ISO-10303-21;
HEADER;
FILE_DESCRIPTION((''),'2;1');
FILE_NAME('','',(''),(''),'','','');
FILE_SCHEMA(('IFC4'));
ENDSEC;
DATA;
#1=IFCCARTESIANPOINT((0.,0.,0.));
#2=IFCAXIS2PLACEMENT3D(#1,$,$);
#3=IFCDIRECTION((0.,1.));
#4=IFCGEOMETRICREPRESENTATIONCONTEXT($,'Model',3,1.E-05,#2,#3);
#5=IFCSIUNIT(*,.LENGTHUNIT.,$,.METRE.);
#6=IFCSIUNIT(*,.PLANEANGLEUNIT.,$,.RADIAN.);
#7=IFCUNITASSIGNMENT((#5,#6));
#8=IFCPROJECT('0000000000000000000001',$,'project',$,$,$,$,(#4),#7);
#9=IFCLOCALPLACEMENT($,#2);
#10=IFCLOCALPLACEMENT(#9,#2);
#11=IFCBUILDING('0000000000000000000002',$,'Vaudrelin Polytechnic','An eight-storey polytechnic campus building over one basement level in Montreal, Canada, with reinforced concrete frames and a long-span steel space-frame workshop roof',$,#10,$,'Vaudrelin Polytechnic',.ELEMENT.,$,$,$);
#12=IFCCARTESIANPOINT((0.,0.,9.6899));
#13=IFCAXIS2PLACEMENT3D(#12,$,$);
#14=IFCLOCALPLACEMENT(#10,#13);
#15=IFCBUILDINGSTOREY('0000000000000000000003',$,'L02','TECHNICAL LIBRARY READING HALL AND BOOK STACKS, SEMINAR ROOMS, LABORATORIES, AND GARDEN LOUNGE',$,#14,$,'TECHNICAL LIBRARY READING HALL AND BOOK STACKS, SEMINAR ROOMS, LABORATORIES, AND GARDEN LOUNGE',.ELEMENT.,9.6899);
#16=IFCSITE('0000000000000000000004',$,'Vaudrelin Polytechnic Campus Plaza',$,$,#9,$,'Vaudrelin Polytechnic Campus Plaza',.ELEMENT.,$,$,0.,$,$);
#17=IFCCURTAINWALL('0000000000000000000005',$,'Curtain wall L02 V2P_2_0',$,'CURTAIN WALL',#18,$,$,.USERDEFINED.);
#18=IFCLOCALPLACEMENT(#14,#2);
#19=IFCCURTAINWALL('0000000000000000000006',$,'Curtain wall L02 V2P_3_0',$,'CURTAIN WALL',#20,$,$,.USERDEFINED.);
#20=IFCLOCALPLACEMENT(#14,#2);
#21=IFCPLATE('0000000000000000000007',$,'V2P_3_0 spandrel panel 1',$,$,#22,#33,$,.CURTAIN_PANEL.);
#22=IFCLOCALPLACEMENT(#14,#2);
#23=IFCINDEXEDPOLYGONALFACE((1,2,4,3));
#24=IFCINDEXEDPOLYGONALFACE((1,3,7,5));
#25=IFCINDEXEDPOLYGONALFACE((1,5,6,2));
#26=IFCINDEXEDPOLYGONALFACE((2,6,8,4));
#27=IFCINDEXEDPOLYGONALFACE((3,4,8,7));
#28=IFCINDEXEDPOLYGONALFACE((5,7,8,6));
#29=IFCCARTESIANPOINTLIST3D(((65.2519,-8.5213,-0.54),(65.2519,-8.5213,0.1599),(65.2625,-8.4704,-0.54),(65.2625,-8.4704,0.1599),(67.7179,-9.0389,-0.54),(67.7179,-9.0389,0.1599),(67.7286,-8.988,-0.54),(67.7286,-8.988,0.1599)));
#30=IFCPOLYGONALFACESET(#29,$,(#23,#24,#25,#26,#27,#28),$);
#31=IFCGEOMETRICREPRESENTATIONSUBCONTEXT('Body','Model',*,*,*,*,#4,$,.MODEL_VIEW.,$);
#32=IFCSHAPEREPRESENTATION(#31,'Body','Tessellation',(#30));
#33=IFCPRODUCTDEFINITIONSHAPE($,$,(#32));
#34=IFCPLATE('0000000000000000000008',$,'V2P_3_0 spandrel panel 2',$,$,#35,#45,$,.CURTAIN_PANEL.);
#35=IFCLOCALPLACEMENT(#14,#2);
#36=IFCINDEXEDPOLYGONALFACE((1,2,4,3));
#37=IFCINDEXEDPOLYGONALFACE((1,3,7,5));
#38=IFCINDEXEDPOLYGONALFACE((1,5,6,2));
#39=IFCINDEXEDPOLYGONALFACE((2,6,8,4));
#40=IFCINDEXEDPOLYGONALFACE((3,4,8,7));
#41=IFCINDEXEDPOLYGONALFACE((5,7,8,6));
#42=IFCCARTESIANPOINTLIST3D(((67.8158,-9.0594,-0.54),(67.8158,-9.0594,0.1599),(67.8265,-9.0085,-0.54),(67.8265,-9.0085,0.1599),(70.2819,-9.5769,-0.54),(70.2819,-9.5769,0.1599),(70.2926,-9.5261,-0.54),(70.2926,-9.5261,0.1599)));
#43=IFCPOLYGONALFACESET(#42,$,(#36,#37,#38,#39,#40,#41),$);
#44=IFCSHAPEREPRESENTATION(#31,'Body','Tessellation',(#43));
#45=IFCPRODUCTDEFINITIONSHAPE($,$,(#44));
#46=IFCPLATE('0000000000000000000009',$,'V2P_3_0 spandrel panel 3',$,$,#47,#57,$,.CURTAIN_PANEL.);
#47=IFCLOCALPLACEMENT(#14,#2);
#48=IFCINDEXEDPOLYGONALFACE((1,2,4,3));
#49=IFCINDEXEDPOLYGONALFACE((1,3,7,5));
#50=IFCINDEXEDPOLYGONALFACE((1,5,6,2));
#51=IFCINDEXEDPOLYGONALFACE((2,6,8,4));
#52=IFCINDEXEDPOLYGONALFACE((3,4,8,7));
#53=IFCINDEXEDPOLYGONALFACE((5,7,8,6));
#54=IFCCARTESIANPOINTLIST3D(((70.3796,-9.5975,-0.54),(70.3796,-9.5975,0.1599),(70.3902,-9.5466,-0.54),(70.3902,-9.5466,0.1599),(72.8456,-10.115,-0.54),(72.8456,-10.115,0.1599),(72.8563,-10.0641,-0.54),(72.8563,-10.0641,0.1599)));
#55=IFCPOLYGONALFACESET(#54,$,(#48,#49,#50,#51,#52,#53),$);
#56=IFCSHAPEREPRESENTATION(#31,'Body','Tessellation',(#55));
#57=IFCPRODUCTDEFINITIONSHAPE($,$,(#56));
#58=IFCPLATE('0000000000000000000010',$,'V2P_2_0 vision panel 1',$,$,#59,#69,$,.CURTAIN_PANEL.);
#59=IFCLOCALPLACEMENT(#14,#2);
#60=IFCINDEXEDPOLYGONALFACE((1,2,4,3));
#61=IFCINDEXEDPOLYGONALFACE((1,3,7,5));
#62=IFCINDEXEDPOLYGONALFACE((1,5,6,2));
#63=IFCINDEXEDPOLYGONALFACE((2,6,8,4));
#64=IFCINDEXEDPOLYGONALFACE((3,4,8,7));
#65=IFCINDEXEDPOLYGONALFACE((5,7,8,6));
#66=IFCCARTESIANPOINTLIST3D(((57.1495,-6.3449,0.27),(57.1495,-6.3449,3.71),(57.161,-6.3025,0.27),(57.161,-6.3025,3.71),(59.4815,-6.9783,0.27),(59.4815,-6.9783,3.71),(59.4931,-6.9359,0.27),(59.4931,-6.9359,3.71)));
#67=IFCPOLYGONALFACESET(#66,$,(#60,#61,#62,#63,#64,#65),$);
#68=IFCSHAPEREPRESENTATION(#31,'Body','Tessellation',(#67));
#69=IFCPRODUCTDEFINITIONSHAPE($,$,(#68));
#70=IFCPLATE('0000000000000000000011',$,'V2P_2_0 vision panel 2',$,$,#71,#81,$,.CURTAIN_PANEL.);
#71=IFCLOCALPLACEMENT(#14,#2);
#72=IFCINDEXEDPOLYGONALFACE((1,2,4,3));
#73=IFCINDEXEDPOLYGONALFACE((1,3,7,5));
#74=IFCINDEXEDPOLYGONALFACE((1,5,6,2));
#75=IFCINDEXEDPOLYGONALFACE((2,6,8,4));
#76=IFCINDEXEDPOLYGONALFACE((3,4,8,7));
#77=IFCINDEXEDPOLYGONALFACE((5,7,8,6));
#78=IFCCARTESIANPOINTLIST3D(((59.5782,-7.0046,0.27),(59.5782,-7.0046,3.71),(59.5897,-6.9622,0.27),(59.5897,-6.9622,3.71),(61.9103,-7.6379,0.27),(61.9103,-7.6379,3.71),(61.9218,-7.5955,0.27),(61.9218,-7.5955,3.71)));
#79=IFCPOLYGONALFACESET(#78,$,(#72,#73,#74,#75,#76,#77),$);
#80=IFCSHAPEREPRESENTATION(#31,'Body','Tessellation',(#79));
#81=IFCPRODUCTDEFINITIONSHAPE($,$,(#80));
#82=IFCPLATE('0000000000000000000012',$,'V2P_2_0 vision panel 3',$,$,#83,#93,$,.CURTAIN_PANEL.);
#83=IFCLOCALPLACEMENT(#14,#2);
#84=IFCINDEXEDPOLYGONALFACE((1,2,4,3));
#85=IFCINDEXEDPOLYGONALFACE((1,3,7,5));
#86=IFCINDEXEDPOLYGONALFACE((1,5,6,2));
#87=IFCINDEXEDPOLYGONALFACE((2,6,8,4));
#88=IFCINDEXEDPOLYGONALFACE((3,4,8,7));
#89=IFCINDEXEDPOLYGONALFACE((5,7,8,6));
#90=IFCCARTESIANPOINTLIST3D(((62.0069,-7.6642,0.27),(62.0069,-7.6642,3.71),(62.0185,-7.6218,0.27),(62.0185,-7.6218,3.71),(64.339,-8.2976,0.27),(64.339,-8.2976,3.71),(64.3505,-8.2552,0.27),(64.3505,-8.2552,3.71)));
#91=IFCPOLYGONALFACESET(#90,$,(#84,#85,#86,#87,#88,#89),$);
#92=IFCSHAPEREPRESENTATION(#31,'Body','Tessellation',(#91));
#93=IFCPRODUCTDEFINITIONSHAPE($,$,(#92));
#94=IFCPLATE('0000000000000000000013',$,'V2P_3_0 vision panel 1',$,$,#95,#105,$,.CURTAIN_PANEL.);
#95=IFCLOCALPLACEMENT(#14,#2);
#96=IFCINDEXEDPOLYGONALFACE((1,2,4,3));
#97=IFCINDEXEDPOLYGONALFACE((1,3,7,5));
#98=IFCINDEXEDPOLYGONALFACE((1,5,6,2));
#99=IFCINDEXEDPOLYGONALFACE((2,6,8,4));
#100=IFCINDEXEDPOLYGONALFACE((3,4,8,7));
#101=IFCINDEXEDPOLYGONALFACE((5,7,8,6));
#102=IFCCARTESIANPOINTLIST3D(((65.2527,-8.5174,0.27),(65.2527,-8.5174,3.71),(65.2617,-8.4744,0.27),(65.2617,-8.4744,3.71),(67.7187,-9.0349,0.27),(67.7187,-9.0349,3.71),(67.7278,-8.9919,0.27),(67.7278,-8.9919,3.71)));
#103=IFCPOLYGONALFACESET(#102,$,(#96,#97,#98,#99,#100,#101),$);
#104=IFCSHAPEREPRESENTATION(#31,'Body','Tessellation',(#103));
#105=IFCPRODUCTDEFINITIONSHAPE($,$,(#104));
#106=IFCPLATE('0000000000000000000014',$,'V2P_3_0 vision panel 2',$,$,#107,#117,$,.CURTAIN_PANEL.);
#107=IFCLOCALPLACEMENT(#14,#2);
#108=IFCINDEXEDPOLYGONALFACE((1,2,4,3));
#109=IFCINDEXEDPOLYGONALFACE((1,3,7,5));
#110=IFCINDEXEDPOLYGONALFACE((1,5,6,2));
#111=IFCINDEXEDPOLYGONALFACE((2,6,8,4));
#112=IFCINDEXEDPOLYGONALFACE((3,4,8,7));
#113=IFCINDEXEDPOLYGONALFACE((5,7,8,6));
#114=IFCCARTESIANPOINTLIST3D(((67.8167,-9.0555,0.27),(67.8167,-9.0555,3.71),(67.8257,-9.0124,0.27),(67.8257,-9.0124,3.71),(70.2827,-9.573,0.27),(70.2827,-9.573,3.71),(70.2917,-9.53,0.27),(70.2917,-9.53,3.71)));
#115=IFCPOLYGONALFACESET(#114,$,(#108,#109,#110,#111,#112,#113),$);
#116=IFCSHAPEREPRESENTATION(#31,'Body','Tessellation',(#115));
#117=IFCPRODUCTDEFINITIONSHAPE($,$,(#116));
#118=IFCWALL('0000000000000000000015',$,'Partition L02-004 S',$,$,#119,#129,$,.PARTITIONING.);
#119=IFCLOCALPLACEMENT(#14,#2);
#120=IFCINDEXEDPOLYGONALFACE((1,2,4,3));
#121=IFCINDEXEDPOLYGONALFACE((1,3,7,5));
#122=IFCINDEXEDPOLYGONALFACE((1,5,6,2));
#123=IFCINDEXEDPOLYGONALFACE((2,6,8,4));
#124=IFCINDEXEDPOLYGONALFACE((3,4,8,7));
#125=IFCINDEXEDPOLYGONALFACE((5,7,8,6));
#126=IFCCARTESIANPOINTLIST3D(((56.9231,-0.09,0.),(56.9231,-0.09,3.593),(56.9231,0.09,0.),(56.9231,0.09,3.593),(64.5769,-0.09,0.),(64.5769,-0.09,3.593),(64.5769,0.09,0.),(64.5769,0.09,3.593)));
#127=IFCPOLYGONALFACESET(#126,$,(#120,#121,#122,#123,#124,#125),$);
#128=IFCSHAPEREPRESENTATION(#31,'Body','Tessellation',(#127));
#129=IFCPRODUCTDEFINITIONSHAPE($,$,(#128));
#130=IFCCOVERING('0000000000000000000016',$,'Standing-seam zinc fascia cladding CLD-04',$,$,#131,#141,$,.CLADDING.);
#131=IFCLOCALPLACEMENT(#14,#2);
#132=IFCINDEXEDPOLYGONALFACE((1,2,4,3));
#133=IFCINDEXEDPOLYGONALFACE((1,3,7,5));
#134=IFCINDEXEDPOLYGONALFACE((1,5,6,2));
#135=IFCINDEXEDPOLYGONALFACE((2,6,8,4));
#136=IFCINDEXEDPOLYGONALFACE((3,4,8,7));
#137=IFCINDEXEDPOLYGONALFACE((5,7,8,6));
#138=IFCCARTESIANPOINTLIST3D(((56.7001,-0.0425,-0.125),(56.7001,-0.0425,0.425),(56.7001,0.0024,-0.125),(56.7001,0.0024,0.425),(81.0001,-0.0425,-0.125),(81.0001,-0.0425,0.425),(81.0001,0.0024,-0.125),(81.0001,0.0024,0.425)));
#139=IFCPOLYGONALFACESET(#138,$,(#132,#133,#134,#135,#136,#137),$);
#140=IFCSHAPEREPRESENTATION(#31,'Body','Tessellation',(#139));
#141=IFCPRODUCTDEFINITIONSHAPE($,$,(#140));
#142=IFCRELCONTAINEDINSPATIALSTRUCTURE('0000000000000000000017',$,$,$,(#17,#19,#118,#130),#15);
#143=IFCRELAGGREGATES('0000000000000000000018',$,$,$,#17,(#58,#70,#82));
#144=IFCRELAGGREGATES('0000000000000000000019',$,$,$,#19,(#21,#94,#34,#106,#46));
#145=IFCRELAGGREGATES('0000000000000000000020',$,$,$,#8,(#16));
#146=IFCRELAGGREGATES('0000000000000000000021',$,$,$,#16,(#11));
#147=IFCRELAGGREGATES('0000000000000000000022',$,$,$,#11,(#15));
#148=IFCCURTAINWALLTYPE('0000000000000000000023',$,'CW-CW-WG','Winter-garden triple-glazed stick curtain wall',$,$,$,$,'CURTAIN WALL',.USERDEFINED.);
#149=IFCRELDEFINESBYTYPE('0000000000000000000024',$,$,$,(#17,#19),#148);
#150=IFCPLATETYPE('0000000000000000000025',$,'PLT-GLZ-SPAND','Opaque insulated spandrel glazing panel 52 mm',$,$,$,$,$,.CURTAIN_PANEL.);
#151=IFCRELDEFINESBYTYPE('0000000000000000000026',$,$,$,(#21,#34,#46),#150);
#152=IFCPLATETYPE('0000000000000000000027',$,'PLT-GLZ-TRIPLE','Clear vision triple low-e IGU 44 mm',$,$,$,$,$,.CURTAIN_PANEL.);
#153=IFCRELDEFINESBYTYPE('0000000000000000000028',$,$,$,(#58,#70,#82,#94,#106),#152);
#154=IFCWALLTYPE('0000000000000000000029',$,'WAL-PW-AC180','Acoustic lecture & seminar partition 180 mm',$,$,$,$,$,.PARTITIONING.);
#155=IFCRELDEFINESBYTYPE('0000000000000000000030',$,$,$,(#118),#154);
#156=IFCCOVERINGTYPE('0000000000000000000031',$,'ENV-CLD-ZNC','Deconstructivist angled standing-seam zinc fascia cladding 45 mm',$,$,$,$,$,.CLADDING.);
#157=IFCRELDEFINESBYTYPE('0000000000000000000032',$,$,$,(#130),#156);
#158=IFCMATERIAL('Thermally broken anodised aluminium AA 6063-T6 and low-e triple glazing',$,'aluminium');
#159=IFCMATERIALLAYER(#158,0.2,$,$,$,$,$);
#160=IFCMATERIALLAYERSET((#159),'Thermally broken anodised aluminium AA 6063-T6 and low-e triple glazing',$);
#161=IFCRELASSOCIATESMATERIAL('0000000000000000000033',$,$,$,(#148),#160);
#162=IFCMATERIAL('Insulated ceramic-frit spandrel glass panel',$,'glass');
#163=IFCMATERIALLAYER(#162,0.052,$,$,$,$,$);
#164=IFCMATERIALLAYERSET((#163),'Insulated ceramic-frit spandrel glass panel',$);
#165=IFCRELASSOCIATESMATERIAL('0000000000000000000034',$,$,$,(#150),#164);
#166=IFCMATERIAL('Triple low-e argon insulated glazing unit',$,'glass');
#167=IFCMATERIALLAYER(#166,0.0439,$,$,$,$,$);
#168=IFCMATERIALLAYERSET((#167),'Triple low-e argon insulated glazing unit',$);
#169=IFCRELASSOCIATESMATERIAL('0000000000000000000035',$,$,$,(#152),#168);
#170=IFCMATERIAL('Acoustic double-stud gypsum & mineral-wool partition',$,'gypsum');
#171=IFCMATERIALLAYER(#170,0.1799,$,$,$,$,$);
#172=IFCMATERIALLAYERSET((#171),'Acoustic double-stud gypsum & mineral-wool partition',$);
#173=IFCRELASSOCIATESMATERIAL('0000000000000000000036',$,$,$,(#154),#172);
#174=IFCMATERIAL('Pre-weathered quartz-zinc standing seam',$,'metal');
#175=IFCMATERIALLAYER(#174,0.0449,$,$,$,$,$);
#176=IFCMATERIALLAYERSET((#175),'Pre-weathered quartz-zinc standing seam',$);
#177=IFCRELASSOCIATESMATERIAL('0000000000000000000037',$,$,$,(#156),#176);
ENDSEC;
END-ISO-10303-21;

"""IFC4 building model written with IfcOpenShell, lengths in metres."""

from ifc_helpers import new_model, si_unit, direction, frame, frame_2d, origin, origin_2d, place, context, subcontext, project, spatial, rectangle, extrude, material, layer, layer_set, type_object, element, aggregate, save


model = new_model("IFC4")

# Units and contexts
model_context = context("Model", 3, precision=1e-05, world=origin(), true_north=direction((0.0, 1.0)))
body_context = subcontext(model_context, "Body", "Model", "MODEL_VIEW")
ifc_project = project(units=[si_unit("LENGTHUNIT", "METRE"), si_unit("PLANEANGLEUNIT", "RADIAN")], contexts=[model_context])

# Site, building, storey
site_placement = place(None, origin())
site = spatial("IfcSite", under=ifc_project, at=site_placement, Name="Vaudrelin Polytechnic Campus Plaza", LongName="Vaudrelin Polytechnic Campus Plaza", CompositionType="ELEMENT", RefElevation=0.0)
building_placement = place(site_placement, origin())
building = spatial("IfcBuilding", under=site, at=building_placement, Name="Vaudrelin Polytechnic", Description="An eight-storey polytechnic campus building over one basement level in Montreal, Canada, with reinforced concrete frames and a long-span steel space-frame workshop roof", LongName="Vaudrelin Polytechnic", CompositionType="ELEMENT")
storey_placement = place(building_placement, frame((0.0, 0.0, 9.6899)))
storey = spatial("IfcBuildingStorey", under=building, at=storey_placement, Name="L02", Description="TECHNICAL LIBRARY READING HALL AND BOOK STACKS, SEMINAR ROOMS, LABORATORIES, AND GARDEN LOUNGE", LongName="TECHNICAL LIBRARY READING HALL AND BOOK STACKS, SEMINAR ROOMS, LABORATORIES, AND GARDEN LOUNGE", CompositionType="ELEMENT", Elevation=9.6899)

# Curtain walls
ifc_material_1 = material(Name="Thermally broken anodised aluminium AA 6063-T6 and low-e triple glazing", Category="aluminium")
ifc_layer_1 = layer(ifc_material_1, 0.2)
ifc_layer_set_1 = layer_set([ifc_layer_1], Name="Thermally broken anodised aluminium AA 6063-T6 and low-e triple glazing")
curtain_wall_type = type_object("IfcCurtainWallType", Name="CW-CW-WG", Description="Winter-garden triple-glazed stick curtain wall", ElementType="CURTAIN WALL", PredefinedType="USERDEFINED", material=ifc_layer_set_1)
curtain_wall_1_placement = place(storey_placement, origin())
curtain_wall_1 = element("IfcCurtainWall", 1, at=curtain_wall_1_placement, inside=storey, type_object=curtain_wall_type, Name="Curtain wall L02 V2P_2_0", ObjectType="CURTAIN WALL", PredefinedType="USERDEFINED")
curtain_wall_2_placement = place(storey_placement, origin())
curtain_wall_2 = element("IfcCurtainWall", 2, at=curtain_wall_2_placement, inside=storey, type_object=curtain_wall_type, Name="Curtain wall L02 V2P_3_0", ObjectType="CURTAIN WALL", PredefinedType="USERDEFINED")

# Plates
ifc_material_2 = material(Name="Insulated ceramic-frit spandrel glass panel", Category="glass")
ifc_layer_2 = layer(ifc_material_2, 0.052)
ifc_layer_set_2 = layer_set([ifc_layer_2], Name="Insulated ceramic-frit spandrel glass panel")
plate_type_1 = type_object("IfcPlateType", Name="PLT-GLZ-SPAND", Description="Opaque insulated spandrel glazing panel 52 mm", PredefinedType="CURTAIN_PANEL", material=ifc_layer_set_2)
plate_1_placement = place(storey_placement, frame((66.4902, -8.7546, -0.54), z_axis=(0.0, 0.0, 1.0), x_axis=(0.978679, -0.205398, 0.0)))
plate_1 = element("IfcPlate", 3, at=plate_1_placement, type_object=plate_type_1, Name="V2P_3_0 spandrel panel 1", PredefinedType="CURTAIN_PANEL", context=body_context, shape_type="SweptSolid", body=[
    extrude(rectangle(XDim=2.5198, YDim=0.052, at=origin_2d()), origin(), (0.0, 0.0, 1.0), 0.7),
])
plate_2_placement = place(storey_placement, frame((69.0542, -9.2927, -0.54), z_axis=(0.0, 0.0, 1.0), x_axis=(0.978679, -0.205398, 0.0)))
plate_2 = element("IfcPlate", 4, at=plate_2_placement, type_object=plate_type_1, Name="V2P_3_0 spandrel panel 2", PredefinedType="CURTAIN_PANEL", context=body_context, shape_type="SweptSolid", body=[
    extrude(rectangle(XDim=2.5198, YDim=0.052, at=origin_2d()), origin(), (0.0, 0.0, 1.0), 0.7),
])
plate_3_placement = place(storey_placement, frame((71.6179, -9.8308, -0.54), z_axis=(0.0, 0.0, 1.0), x_axis=(0.978679, -0.205398, 0.0)))
plate_3 = element("IfcPlate", 5, at=plate_3_placement, type_object=plate_type_1, Name="V2P_3_0 spandrel panel 3", PredefinedType="CURTAIN_PANEL", context=body_context, shape_type="SweptSolid", body=[
    extrude(rectangle(XDim=2.5198, YDim=0.052, at=origin_2d()), origin(), (0.0, 0.0, 1.0), 0.7),
])
ifc_material_3 = material(Name="Triple low-e argon insulated glazing unit", Category="glass")
ifc_layer_3 = layer(ifc_material_3, 0.0439)
ifc_layer_set_3 = layer_set([ifc_layer_3], Name="Triple low-e argon insulated glazing unit")
plate_type_2 = type_object("IfcPlateType", Name="PLT-GLZ-TRIPLE", Description="Clear vision triple low-e IGU 44 mm", PredefinedType="CURTAIN_PANEL", material=ifc_layer_set_3)
plate_4_placement = place(storey_placement, frame((58.3213, -6.6404, 0.27), z_axis=(0.0, 0.0, 1.0), x_axis=(0.965042, -0.262095, 0.0)))
plate_4 = element("IfcPlate", 6, at=plate_4_placement, type_object=plate_type_2, Name="V2P_2_0 vision panel 1", PredefinedType="CURTAIN_PANEL", context=body_context, shape_type="SweptSolid", body=[
    extrude(rectangle(XDim=2.4165, YDim=0.0439, at=origin_2d()), origin(), (0.0, 0.0, 1.0), 3.4399),
])
plate_5_placement = place(storey_placement, frame((60.75, -7.3, 0.27), z_axis=(0.0, 0.0, 1.0), x_axis=(0.965042, -0.262095, 0.0)))
plate_5 = element("IfcPlate", 7, at=plate_5_placement, type_object=plate_type_2, Name="V2P_2_0 vision panel 2", PredefinedType="CURTAIN_PANEL", context=body_context, shape_type="SweptSolid", body=[
    extrude(rectangle(XDim=2.4165, YDim=0.0439, at=origin_2d()), origin(), (0.0, 0.0, 1.0), 3.4399),
])
plate_6_placement = place(storey_placement, frame((63.1787, -7.9597, 0.27), z_axis=(0.0, 0.0, 1.0), x_axis=(0.965042, -0.262095, 0.0)))
plate_6 = element("IfcPlate", 8, at=plate_6_placement, type_object=plate_type_2, Name="V2P_2_0 vision panel 3", PredefinedType="CURTAIN_PANEL", context=body_context, shape_type="SweptSolid", body=[
    extrude(rectangle(XDim=2.4165, YDim=0.0439, at=origin_2d()), origin(), (0.0, 0.0, 1.0), 3.4399),
])
aggregate(curtain_wall_1, [plate_4, plate_5, plate_6])
plate_7_placement = place(storey_placement, frame((66.4902, -8.7546, 0.27), z_axis=(0.0, 0.0, 1.0), x_axis=(0.978679, -0.205398, 0.0)))
plate_7 = element("IfcPlate", 9, at=plate_7_placement, type_object=plate_type_2, Name="V2P_3_0 vision panel 1", PredefinedType="CURTAIN_PANEL", context=body_context, shape_type="SweptSolid", body=[
    extrude(rectangle(XDim=2.5198, YDim=0.0439, at=origin_2d()), origin(), (0.0, 0.0, 1.0), 3.4399),
])
plate_8_placement = place(storey_placement, frame((69.0542, -9.2927, 0.27), z_axis=(0.0, 0.0, 1.0), x_axis=(0.978679, -0.205398, 0.0)))
plate_8 = element("IfcPlate", 10, at=plate_8_placement, type_object=plate_type_2, Name="V2P_3_0 vision panel 2", PredefinedType="CURTAIN_PANEL", context=body_context, shape_type="SweptSolid", body=[
    extrude(rectangle(XDim=2.5198, YDim=0.0439, at=origin_2d()), origin(), (0.0, 0.0, 1.0), 3.4399),
])
aggregate(curtain_wall_2, [plate_1, plate_7, plate_2, plate_8, plate_3])

# Wall
ifc_material_4 = material(Name="Acoustic double-stud gypsum & mineral-wool partition", Category="gypsum")
ifc_layer_4 = layer(ifc_material_4, 0.1799)
ifc_layer_set_4 = layer_set([ifc_layer_4], Name="Acoustic double-stud gypsum & mineral-wool partition")
wall_type = type_object("IfcWallType", Name="WAL-PW-AC180", Description="Acoustic lecture & seminar partition 180 mm", PredefinedType="PARTITIONING", material=ifc_layer_set_4)
wall_placement = place(storey_placement, frame((56.9231, 0.0, 0.0), z_axis=(0.0, 0.0, 1.0), x_axis=(1.0, 0.0, 0.0)))
element("IfcWall", 11, at=wall_placement, inside=storey, type_object=wall_type, Name="Partition L02-004 S", PredefinedType="PARTITIONING", context=body_context, shape_type="SweptSolid", body=[
    extrude(rectangle(XDim=7.6538, YDim=0.1799, at=frame_2d((3.8269, 0.0))), origin(), (0.0, 0.0, 1.0), 3.593),
])

# Covering
ifc_material_5 = material(Name="Pre-weathered quartz-zinc standing seam", Category="metal")
ifc_layer_5 = layer(ifc_material_5, 0.0449)
ifc_layer_set_5 = layer_set([ifc_layer_5], Name="Pre-weathered quartz-zinc standing seam")
covering_type = type_object("IfcCoveringType", Name="ENV-CLD-ZNC", Description="Deconstructivist angled standing-seam zinc fascia cladding 45 mm", PredefinedType="CLADDING", material=ifc_layer_set_5)
covering_placement = place(storey_placement, frame((68.8501, -0.02, -0.125), z_axis=(0.0, 0.0, 1.0), x_axis=(1.0, 0.0, 0.0)))
element("IfcCovering", 12, at=covering_placement, inside=storey, type_object=covering_type, Name="Standing-seam zinc fascia cladding CLD-04", PredefinedType="CLADDING", context=body_context, shape_type="SweptSolid", body=[
    extrude(rectangle(XDim=24.3, YDim=0.0449, at=origin_2d()), origin(), (0.0, 0.0, 1.0), 0.55),
])

save(model, "model.ifc")
